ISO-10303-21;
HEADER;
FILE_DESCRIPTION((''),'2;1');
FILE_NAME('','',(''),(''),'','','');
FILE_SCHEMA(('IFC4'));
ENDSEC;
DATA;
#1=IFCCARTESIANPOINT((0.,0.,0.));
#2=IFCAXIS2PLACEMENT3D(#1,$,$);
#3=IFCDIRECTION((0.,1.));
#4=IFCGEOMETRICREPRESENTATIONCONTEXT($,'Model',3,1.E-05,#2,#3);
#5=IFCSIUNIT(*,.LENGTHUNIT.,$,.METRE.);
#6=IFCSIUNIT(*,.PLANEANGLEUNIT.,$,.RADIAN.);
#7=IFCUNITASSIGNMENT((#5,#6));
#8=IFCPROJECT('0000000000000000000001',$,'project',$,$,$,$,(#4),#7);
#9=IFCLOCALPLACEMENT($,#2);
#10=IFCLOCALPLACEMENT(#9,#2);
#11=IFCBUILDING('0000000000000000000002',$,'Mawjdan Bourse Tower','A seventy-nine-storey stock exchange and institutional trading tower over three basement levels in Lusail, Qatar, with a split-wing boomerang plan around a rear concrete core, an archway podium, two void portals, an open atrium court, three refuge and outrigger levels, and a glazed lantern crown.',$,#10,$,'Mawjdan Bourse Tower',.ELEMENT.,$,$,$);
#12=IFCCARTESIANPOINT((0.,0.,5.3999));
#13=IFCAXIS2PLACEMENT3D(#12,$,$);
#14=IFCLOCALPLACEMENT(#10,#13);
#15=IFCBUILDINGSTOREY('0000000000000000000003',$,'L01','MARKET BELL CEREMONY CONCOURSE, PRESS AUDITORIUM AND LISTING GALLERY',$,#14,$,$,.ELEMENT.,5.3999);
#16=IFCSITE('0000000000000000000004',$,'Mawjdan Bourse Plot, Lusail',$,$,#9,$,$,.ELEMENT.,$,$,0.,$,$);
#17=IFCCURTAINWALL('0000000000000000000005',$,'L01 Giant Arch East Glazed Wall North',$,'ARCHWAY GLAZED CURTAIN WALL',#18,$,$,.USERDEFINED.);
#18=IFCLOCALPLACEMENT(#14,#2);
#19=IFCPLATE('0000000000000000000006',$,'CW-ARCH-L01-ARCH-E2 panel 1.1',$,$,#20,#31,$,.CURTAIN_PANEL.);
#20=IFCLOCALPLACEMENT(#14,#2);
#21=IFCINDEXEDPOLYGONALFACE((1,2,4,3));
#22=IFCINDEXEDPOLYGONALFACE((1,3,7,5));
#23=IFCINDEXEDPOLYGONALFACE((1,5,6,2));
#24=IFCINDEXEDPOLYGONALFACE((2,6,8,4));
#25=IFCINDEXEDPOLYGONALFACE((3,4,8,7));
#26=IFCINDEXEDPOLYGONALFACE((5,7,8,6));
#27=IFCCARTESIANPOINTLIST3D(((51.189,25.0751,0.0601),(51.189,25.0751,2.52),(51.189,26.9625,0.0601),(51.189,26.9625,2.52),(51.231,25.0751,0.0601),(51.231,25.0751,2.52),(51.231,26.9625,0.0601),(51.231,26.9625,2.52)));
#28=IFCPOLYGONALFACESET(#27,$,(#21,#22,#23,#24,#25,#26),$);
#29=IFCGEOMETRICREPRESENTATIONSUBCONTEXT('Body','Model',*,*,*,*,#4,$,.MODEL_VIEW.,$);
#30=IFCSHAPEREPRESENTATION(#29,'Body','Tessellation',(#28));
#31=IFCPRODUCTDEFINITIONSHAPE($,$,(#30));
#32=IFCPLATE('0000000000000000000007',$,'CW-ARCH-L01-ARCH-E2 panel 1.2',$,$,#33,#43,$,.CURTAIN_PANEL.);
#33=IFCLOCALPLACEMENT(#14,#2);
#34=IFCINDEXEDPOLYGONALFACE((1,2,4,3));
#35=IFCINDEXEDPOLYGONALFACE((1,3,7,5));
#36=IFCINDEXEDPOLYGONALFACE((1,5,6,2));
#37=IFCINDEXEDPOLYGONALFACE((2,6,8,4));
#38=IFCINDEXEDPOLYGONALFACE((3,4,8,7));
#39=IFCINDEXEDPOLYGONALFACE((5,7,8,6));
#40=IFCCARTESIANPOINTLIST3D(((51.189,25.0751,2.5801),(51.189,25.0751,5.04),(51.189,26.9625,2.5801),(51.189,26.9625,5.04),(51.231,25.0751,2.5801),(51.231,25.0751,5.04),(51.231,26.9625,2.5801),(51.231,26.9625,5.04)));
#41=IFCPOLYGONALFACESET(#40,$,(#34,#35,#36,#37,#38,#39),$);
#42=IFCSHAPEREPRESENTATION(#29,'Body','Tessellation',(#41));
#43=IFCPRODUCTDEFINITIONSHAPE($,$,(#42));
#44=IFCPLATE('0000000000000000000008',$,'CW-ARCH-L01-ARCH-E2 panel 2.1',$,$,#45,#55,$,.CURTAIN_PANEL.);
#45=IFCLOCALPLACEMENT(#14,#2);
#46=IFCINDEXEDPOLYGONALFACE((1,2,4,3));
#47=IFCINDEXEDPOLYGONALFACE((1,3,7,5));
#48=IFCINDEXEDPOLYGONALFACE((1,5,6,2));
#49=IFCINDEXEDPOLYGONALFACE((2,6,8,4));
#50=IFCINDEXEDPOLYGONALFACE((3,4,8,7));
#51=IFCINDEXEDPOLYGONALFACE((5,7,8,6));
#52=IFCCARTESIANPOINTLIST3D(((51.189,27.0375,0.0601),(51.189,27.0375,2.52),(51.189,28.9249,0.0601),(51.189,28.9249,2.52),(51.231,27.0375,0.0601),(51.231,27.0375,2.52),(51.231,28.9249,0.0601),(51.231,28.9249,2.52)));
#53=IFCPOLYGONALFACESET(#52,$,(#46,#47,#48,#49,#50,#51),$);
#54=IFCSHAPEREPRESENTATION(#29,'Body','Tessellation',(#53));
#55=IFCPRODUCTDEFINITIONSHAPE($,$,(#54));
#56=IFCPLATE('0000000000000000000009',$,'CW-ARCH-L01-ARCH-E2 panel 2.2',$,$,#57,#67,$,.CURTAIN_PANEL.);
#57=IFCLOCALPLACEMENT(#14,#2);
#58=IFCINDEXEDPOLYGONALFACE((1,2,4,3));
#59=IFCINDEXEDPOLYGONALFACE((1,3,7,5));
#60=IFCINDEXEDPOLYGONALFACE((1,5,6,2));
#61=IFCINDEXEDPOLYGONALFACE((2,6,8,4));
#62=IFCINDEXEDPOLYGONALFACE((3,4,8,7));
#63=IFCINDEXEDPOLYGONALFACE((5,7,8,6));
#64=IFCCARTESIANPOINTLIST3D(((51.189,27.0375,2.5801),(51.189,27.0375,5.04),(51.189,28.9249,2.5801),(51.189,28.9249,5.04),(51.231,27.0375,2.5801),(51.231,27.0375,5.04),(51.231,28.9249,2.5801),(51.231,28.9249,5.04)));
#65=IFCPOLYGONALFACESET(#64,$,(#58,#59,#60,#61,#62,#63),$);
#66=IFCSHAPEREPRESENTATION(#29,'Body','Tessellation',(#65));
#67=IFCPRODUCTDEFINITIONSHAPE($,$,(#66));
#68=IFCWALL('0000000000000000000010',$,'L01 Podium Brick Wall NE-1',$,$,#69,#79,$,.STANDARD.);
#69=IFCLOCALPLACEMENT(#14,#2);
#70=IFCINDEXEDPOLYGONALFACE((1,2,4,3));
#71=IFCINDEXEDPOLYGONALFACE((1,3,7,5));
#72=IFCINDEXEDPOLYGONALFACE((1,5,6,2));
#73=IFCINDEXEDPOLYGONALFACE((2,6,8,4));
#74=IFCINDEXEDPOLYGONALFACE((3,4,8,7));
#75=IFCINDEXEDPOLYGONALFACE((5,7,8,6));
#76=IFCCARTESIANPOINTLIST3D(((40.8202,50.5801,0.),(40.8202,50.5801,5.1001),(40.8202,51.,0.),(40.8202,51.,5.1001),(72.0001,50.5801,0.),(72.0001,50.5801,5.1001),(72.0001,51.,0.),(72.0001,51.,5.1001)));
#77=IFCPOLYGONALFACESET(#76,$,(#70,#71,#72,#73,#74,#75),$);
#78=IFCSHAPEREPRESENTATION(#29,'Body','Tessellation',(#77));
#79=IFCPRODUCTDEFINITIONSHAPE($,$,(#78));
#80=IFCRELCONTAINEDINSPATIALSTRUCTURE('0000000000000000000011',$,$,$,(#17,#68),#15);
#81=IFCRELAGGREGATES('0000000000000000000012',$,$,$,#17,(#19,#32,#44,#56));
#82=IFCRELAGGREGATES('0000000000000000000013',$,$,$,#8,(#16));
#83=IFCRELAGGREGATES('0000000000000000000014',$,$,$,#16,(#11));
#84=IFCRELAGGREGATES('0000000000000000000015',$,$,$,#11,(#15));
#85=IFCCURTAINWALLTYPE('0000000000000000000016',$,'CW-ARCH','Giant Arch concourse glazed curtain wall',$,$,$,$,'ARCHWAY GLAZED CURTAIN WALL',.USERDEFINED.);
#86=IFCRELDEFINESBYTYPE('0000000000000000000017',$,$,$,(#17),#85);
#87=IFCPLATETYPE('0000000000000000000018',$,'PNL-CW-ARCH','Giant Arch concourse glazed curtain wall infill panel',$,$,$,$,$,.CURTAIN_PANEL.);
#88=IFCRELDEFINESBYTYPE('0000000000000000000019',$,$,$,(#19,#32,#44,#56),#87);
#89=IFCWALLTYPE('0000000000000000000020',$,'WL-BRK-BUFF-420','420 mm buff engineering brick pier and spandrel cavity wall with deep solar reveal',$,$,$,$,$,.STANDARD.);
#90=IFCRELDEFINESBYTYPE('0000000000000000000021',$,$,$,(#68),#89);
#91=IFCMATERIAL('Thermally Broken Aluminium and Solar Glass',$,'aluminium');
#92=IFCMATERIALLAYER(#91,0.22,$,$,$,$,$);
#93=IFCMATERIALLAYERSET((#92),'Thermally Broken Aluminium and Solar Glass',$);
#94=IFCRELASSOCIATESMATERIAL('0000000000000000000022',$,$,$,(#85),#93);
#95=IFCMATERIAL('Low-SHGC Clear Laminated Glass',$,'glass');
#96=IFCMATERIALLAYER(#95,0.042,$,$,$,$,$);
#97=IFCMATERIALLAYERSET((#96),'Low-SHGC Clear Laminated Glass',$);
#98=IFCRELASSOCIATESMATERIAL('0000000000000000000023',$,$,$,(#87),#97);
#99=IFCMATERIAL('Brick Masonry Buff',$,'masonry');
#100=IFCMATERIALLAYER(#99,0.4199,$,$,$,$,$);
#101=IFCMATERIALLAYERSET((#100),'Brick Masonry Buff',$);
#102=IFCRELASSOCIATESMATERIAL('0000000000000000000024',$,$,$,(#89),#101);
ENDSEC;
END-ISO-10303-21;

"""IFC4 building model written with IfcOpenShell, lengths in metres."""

from ifc_helpers import new_model, si_unit, direction, frame, frame_2d, origin, origin_2d, place, context, subcontext, project, spatial, rectangle, extrude, material, layer, layer_set, type_object, element, aggregate, save


model = new_model("IFC4")

# Units and contexts
model_context = context("Model", 3, precision=1e-05, world=origin(), true_north=direction((0.0, 1.0)))
body_context = subcontext(model_context, "Body", "Model", "MODEL_VIEW")
ifc_project = project(units=[si_unit("LENGTHUNIT", "METRE"), si_unit("PLANEANGLEUNIT", "RADIAN")], contexts=[model_context])

# Site, building, storey
site_placement = place(None, origin())
site = spatial("IfcSite", under=ifc_project, at=site_placement, Name="Mawjdan Bourse Plot, Lusail", CompositionType="ELEMENT", RefElevation=0.0)
building_placement = place(site_placement, origin())
building = spatial("IfcBuilding", under=site, at=building_placement, Name="Mawjdan Bourse Tower", Description="A seventy-nine-storey stock exchange and institutional trading tower over three basement levels in Lusail, Qatar, with a split-wing boomerang plan around a rear concrete core, an archway podium, two void portals, an open atrium court, three refuge and outrigger levels, and a glazed lantern crown.", LongName="Mawjdan Bourse Tower", CompositionType="ELEMENT")
storey_placement = place(building_placement, frame((0.0, 0.0, 5.3999)))
storey = spatial("IfcBuildingStorey", under=building, at=storey_placement, Name="L01", Description="MARKET BELL CEREMONY CONCOURSE, PRESS AUDITORIUM AND LISTING GALLERY", CompositionType="ELEMENT", Elevation=5.3999)

# Curtain wall, plates
ifc_material_1 = material(Name="Thermally Broken Aluminium and Solar Glass", Category="aluminium")
ifc_layer_1 = layer(ifc_material_1, 0.22)
ifc_layer_set_1 = layer_set([ifc_layer_1], Name="Thermally Broken Aluminium and Solar Glass")
curtain_wall_type = type_object("IfcCurtainWallType", Name="CW-ARCH", Description="Giant Arch concourse glazed curtain wall", ElementType="ARCHWAY GLAZED CURTAIN WALL", PredefinedType="USERDEFINED", material=ifc_layer_set_1)
curtain_wall_placement = place(storey_placement, origin())
curtain_wall = element("IfcCurtainWall", 1, at=curtain_wall_placement, inside=storey, type_object=curtain_wall_type, Name="L01 Giant Arch East Glazed Wall North", ObjectType="ARCHWAY GLAZED CURTAIN WALL", PredefinedType="USERDEFINED")
ifc_material_2 = material(Name="Low-SHGC Clear Laminated Glass", Category="glass")
ifc_layer_2 = layer(ifc_material_2, 0.042)
ifc_layer_set_2 = layer_set([ifc_layer_2], Name="Low-SHGC Clear Laminated Glass")
plate_type = type_object("IfcPlateType", Name="PNL-CW-ARCH", Description="Giant Arch concourse glazed curtain wall infill panel", PredefinedType="CURTAIN_PANEL", material=ifc_layer_set_2)
plate_1_placement = place(storey_placement, frame((51.21, 26.0188, 0.0601), z_axis=(0.0, 0.0, 1.0), x_axis=(0.0, 1.0, 0.0)))
plate_1 = element("IfcPlate", 2, at=plate_1_placement, type_object=plate_type, Name="CW-ARCH-L01-ARCH-E2 panel 1.1", PredefinedType="CURTAIN_PANEL", context=body_context, shape_type="SweptSolid", body=[
    extrude(rectangle(XDim=1.8875, YDim=0.042, at=origin_2d()), origin(), (0.0, 0.0, 1.0), 2.46),
])
plate_2_placement = place(storey_placement, frame((51.21, 26.0188, 2.5801), z_axis=(0.0, 0.0, 1.0), x_axis=(0.0, 1.0, 0.0)))
plate_2 = element("IfcPlate", 3, at=plate_2_placement, type_object=plate_type, Name="CW-ARCH-L01-ARCH-E2 panel 1.2", PredefinedType="CURTAIN_PANEL", context=body_context, shape_type="SweptSolid", body=[
    extrude(rectangle(XDim=1.8875, YDim=0.042, at=origin_2d()), origin(), (0.0, 0.0, 1.0), 2.46),
])
plate_3_placement = place(storey_placement, frame((51.21, 27.9812, 0.0601), z_axis=(0.0, 0.0, 1.0), x_axis=(0.0, 1.0, 0.0)))
plate_3 = element("IfcPlate", 4, at=plate_3_placement, type_object=plate_type, Name="CW-ARCH-L01-ARCH-E2 panel 2.1", PredefinedType="CURTAIN_PANEL", context=body_context, shape_type="SweptSolid", body=[
    extrude(rectangle(XDim=1.8875, YDim=0.042, at=origin_2d()), origin(), (0.0, 0.0, 1.0), 2.46),
])
plate_4_placement = place(storey_placement, frame((51.21, 27.9812, 2.5801), z_axis=(0.0, 0.0, 1.0), x_axis=(0.0, 1.0, 0.0)))
plate_4 = element("IfcPlate", 5, at=plate_4_placement, type_object=plate_type, Name="CW-ARCH-L01-ARCH-E2 panel 2.2", PredefinedType="CURTAIN_PANEL", context=body_context, shape_type="SweptSolid", body=[
    extrude(rectangle(XDim=1.8875, YDim=0.042, at=origin_2d()), origin(), (0.0, 0.0, 1.0), 2.46),
])
aggregate(curtain_wall, [plate_1, plate_2, plate_3, plate_4])

# Wall
ifc_material_3 = material(Name="Brick Masonry Buff", Category="masonry")
ifc_layer_3 = layer(ifc_material_3, 0.4199)
ifc_layer_set_3 = layer_set([ifc_layer_3], Name="Brick Masonry Buff")
wall_type = type_object("IfcWallType", Name="WL-BRK-BUFF-420", Description="420 mm buff engineering brick pier and spandrel cavity wall with deep solar reveal", PredefinedType="STANDARD", material=ifc_layer_set_3)
wall_placement = place(storey_placement, frame((72.0, 50.79, 0.0), z_axis=(0.0, 0.0, 1.0), x_axis=(-1.0, 0.0, 0.0)))
element("IfcWall", 6, at=wall_placement, inside=storey, type_object=wall_type, Name="L01 Podium Brick Wall NE-1", PredefinedType="STANDARD", context=body_context, shape_type="SweptSolid", body=[
    extrude(rectangle(XDim=31.1799, YDim=0.4199, at=frame_2d((15.5898, 0.0))), origin(), (0.0, 0.0, 1.0), 5.1001),
])

save(model, "model.ifc")
